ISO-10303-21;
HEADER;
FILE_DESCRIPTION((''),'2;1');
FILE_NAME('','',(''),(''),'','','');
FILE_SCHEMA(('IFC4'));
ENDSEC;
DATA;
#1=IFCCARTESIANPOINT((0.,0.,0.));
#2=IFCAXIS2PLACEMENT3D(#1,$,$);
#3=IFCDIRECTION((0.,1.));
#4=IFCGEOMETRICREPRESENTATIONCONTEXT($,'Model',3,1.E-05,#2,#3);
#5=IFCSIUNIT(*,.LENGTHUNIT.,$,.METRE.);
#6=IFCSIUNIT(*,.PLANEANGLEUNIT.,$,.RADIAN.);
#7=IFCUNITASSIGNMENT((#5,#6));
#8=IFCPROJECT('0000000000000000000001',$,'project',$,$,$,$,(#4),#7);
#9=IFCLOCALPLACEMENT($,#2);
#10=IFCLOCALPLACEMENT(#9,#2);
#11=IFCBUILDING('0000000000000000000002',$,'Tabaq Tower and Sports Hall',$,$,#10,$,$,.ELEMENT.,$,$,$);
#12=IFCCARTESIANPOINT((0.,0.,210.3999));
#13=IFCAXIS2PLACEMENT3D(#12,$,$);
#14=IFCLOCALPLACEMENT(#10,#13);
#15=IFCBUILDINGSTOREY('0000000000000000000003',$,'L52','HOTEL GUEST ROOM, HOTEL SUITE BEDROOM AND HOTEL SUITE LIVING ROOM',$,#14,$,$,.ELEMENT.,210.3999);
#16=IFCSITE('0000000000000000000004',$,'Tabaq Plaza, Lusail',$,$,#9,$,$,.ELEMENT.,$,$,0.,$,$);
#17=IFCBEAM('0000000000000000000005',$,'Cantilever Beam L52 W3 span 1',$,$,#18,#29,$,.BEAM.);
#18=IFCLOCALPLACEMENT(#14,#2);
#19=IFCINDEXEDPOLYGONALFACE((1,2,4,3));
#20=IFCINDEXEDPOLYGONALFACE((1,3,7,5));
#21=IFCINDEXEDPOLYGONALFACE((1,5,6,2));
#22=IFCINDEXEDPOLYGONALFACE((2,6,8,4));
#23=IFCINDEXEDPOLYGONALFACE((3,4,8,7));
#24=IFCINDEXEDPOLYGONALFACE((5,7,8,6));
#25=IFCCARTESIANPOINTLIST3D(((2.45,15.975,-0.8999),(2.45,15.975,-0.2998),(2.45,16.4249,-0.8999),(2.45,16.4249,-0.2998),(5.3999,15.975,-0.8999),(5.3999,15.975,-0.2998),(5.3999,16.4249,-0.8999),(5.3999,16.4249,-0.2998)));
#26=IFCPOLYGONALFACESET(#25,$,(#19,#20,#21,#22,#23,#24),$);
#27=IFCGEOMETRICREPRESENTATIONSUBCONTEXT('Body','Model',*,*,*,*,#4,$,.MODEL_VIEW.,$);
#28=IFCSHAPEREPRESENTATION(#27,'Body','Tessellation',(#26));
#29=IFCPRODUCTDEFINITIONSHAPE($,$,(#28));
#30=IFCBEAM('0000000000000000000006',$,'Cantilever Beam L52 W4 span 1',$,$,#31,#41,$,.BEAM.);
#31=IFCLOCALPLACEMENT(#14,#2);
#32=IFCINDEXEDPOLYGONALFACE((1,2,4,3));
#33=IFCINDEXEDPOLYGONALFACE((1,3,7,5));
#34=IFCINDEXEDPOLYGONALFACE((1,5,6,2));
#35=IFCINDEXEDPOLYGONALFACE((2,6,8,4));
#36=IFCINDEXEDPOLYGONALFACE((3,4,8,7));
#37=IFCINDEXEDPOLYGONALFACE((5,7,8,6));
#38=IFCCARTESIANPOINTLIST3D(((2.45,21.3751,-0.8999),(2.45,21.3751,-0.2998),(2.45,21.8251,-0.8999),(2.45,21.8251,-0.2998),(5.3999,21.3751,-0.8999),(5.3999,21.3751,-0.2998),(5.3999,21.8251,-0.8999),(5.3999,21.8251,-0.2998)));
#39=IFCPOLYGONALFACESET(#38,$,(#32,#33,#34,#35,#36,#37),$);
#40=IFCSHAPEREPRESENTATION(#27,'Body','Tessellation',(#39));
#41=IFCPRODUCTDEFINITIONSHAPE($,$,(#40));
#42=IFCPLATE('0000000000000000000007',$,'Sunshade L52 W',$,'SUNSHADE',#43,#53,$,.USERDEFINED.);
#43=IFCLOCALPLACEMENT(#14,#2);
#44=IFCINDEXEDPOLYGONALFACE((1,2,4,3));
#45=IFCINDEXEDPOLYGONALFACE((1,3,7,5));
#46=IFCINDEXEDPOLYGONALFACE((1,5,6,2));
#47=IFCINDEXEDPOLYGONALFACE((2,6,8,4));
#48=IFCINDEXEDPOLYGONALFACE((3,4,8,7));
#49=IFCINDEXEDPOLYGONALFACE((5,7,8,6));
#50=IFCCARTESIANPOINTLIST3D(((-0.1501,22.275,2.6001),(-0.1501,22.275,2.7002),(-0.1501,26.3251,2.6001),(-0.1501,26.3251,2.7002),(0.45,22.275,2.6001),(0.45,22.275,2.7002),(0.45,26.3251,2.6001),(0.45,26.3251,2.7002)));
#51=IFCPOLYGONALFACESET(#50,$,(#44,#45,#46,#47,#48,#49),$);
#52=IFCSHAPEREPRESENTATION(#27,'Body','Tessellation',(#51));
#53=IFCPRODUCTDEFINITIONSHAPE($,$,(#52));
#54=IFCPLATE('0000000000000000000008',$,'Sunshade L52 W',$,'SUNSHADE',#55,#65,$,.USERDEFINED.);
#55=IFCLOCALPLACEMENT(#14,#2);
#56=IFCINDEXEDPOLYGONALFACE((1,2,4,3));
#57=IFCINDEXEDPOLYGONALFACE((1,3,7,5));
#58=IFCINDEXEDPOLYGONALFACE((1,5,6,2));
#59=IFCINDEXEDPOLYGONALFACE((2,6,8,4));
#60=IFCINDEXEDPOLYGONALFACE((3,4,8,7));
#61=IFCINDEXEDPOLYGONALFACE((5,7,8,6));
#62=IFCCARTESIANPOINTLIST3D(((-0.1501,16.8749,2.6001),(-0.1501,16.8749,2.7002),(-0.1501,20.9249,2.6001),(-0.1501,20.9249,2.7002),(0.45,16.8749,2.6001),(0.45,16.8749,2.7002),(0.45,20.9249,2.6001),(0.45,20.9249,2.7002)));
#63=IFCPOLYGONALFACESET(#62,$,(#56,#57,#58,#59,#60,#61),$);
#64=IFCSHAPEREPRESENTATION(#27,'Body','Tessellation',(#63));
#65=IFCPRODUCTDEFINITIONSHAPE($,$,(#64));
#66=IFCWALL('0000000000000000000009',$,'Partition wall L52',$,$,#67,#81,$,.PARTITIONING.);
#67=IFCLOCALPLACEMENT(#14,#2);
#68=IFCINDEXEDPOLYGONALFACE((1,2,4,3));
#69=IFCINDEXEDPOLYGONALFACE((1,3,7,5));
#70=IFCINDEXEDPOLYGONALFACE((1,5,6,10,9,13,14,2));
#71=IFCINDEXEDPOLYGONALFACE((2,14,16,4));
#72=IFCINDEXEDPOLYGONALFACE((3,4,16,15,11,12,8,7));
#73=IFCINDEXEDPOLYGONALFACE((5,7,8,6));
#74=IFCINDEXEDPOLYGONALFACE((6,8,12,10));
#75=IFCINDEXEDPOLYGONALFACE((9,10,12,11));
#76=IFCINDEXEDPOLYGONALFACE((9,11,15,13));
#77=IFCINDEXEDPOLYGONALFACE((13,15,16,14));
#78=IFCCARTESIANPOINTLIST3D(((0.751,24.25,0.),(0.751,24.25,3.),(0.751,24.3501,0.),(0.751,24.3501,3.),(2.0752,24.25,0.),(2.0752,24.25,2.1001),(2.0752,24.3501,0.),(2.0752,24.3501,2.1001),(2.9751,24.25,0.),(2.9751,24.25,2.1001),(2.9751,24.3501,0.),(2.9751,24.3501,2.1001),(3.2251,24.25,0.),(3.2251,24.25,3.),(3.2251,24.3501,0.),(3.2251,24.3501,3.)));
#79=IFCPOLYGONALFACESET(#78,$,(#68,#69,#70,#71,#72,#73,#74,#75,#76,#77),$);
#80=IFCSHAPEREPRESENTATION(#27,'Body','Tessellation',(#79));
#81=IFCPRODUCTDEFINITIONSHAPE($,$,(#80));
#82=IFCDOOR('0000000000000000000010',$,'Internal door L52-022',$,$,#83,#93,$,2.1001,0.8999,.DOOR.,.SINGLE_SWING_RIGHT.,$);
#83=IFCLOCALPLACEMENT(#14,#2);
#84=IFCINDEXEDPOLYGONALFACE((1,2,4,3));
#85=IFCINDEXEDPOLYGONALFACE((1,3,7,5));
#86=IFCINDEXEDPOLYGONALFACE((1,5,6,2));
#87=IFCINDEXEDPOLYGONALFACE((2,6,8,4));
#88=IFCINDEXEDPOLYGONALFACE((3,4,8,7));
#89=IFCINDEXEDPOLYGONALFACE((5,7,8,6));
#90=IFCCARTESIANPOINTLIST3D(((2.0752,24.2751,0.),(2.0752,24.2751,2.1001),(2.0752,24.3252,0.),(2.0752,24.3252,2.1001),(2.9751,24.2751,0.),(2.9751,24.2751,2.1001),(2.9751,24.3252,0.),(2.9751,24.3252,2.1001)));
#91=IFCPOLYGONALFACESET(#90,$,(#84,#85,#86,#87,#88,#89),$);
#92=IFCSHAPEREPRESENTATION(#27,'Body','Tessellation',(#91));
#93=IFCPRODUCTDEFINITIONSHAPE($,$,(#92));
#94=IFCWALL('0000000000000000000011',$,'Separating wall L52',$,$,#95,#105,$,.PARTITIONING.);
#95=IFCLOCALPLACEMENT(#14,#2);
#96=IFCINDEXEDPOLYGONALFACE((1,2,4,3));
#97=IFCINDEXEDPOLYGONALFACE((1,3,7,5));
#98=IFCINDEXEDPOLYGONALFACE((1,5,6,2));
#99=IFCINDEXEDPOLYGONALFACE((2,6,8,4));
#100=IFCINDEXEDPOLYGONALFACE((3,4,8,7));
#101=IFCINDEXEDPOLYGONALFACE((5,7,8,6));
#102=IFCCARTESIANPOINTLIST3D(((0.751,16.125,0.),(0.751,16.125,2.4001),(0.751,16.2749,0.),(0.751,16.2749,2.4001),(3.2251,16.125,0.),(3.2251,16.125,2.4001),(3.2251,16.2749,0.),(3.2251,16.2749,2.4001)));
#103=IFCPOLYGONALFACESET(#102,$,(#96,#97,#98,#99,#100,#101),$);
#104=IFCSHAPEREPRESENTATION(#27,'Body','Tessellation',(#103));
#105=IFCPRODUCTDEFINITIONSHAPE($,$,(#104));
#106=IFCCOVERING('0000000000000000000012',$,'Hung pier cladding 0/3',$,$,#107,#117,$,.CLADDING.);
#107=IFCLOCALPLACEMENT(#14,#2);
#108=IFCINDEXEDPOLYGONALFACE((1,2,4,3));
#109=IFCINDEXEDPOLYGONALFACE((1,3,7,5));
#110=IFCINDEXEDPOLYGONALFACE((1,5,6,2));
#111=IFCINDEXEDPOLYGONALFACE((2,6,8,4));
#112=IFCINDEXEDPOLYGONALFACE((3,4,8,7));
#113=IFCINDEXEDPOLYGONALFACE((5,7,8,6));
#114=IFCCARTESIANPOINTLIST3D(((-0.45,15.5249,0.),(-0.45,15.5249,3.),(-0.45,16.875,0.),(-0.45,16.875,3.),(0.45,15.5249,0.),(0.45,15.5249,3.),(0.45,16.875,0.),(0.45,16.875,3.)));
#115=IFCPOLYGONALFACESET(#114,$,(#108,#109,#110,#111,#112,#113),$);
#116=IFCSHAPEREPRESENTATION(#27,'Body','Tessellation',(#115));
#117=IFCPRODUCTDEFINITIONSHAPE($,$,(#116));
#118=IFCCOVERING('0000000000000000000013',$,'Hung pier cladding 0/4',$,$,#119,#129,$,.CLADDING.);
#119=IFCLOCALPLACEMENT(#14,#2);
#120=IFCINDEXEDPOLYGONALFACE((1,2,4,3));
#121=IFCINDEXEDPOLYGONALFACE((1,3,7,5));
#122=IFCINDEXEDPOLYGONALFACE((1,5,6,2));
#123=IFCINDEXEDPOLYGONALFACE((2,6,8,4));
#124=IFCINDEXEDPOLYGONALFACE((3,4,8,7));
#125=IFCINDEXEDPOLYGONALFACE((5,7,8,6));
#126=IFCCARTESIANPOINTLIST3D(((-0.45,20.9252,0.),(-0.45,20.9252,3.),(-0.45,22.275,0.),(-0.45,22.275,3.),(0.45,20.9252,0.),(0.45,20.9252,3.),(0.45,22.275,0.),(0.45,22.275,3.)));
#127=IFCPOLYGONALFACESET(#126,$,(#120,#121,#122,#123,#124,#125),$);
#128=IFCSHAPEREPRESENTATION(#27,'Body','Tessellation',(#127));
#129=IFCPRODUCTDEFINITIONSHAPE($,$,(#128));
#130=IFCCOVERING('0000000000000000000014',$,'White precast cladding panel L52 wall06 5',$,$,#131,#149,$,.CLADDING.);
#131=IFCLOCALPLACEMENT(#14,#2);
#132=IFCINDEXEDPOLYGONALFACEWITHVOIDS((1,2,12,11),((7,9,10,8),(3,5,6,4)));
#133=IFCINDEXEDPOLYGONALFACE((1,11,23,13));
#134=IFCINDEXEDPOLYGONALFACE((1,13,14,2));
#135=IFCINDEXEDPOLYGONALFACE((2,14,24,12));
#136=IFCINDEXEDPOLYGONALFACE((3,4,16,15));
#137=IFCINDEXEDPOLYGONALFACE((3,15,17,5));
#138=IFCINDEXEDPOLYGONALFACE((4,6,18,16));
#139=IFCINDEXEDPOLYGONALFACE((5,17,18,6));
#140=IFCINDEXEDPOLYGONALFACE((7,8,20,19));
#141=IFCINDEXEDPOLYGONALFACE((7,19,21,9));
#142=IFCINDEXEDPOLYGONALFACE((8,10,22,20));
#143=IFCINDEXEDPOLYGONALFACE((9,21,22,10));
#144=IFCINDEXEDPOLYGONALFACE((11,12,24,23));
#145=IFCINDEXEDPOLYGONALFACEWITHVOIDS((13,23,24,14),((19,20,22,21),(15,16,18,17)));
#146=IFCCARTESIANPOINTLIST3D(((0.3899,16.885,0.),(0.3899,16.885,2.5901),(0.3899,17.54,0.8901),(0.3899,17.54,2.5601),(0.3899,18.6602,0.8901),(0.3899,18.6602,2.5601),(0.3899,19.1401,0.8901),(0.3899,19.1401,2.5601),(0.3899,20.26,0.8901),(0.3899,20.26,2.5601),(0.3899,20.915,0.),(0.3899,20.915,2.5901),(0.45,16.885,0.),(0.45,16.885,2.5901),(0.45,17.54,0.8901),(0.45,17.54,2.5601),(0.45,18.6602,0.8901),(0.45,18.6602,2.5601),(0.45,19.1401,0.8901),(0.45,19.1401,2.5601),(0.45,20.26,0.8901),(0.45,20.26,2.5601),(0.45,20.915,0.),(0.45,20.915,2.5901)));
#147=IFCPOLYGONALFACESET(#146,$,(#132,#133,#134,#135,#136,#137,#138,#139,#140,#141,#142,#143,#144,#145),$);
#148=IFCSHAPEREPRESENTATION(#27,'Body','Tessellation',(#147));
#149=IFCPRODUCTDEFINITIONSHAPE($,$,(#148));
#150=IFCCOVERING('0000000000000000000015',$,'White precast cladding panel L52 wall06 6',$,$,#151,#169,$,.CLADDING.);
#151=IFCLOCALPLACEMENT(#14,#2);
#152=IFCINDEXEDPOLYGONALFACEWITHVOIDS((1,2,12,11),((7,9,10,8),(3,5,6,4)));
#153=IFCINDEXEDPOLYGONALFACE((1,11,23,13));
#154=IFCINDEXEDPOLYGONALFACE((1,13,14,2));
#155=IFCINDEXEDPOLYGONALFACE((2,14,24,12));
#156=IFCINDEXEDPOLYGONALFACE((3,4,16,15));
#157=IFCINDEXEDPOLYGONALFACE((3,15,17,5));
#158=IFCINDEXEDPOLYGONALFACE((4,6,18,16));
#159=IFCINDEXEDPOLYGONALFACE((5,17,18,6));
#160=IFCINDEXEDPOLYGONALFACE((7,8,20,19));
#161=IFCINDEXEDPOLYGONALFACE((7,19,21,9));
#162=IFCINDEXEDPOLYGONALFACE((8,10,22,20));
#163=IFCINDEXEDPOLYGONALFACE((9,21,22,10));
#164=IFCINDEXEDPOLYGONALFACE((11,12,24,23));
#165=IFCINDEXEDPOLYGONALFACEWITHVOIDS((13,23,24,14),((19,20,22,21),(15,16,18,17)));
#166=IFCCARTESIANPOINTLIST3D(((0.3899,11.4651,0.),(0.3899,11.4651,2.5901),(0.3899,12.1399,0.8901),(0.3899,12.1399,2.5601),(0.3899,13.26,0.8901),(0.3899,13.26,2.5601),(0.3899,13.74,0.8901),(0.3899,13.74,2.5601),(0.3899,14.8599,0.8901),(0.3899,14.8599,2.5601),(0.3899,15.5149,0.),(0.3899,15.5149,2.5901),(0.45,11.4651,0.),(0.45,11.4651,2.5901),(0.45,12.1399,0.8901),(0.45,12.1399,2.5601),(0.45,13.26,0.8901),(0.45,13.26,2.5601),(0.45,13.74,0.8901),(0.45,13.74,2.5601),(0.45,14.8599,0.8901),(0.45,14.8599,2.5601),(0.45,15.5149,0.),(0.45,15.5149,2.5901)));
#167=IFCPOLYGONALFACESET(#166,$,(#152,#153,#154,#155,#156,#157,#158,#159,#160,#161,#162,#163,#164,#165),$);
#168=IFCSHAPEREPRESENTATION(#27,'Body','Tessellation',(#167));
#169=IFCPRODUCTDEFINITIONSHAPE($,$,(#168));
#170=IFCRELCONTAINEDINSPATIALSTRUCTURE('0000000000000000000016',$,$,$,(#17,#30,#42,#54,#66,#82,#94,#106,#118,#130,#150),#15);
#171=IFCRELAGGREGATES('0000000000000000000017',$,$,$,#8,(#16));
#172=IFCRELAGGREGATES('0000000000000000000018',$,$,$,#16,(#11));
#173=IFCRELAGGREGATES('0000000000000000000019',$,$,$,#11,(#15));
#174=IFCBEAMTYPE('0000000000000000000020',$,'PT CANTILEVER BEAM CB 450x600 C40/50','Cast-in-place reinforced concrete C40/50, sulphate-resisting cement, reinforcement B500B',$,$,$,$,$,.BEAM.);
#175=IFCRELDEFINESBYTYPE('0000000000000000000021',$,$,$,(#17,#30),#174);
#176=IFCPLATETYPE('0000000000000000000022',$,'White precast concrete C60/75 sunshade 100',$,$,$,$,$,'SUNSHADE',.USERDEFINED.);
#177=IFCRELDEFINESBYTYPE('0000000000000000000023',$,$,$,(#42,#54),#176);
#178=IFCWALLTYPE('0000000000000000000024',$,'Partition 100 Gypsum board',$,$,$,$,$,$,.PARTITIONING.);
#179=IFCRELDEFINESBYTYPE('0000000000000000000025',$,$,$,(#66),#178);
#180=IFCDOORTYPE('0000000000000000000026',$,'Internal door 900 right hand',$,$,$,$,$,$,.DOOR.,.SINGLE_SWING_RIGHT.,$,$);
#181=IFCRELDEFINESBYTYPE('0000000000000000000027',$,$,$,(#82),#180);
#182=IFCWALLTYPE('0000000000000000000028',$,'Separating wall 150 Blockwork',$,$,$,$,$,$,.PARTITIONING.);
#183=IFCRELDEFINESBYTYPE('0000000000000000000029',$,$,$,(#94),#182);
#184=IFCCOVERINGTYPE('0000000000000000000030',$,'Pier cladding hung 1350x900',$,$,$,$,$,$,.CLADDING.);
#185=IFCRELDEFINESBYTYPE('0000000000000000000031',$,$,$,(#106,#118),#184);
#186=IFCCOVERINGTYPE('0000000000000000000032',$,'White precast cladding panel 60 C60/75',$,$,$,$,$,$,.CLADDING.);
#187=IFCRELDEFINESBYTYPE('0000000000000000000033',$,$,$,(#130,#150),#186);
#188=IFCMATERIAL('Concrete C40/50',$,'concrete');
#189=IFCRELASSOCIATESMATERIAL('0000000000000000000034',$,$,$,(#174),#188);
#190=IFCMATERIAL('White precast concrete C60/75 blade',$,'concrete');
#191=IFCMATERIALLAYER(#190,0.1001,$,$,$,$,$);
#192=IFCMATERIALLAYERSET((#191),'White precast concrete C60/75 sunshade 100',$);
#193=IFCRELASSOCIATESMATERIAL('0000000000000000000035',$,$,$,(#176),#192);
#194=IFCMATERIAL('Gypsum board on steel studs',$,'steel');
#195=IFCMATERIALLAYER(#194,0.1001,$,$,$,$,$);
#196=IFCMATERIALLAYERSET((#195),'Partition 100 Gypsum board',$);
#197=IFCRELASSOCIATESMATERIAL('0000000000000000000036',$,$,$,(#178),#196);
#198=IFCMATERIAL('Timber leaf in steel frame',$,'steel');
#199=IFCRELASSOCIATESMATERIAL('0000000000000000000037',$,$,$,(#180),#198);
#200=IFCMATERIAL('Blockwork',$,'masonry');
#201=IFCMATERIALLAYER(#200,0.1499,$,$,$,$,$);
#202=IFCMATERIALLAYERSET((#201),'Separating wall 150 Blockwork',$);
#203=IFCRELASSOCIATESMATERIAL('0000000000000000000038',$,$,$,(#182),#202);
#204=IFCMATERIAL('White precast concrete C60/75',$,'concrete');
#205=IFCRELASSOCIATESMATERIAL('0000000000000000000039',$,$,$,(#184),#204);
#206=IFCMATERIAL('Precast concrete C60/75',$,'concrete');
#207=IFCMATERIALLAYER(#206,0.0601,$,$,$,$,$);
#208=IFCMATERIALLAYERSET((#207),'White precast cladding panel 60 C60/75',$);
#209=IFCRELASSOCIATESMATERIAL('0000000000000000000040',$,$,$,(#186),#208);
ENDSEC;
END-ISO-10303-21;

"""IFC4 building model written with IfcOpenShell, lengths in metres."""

from ifc_helpers import new_model, si_unit, direction, frame, frame_2d, origin, origin_2d, place, context, subcontext, project, spatial, polyline, rectangle, outline, extrude, material, layer, layer_set, material_profile, profile_set, type_object, element, fill, save


model = new_model("IFC4")

# Units and contexts
model_context = context("Model", 3, precision=1e-05, world=origin(), true_north=direction((0.0, 1.0)))
body_context = subcontext(model_context, "Body", "Model", "MODEL_VIEW")
ifc_project = project(units=[si_unit("LENGTHUNIT", "METRE"), si_unit("PLANEANGLEUNIT", "RADIAN")], contexts=[model_context])

# Site, building, storey
site_placement = place(None, origin())
site = spatial("IfcSite", under=ifc_project, at=site_placement, Name="Tabaq Plaza, Lusail", CompositionType="ELEMENT", RefElevation=0.0)
building_placement = place(site_placement, origin())
building = spatial("IfcBuilding", under=site, at=building_placement, Name="Tabaq Tower and Sports Hall", CompositionType="ELEMENT")
storey_placement = place(building_placement, frame((0.0, 0.0, 210.3999)))
storey = spatial("IfcBuildingStorey", under=building, at=storey_placement, Name="L52", Description="HOTEL GUEST ROOM, HOTEL SUITE BEDROOM AND HOTEL SUITE LIVING ROOM", CompositionType="ELEMENT", Elevation=210.3999)

# Beams
ifc_material_1 = material(Name="Concrete C40/50", Category="concrete")
ifc_material_profile = material_profile(ifc_material_1, rectangle(XDim=0.45, YDim=0.6001, at=origin_2d()), Name="CB 450x600")
ifc_profile_set = profile_set([ifc_material_profile], Name="Concrete C40/50")
beam_type = type_object("IfcBeamType", Name="PT CANTILEVER BEAM CB 450x600 C40/50", Description="Cast-in-place reinforced concrete C40/50, sulphate-resisting cement, reinforcement B500B", PredefinedType="BEAM", material=ifc_profile_set)
for number, where, z_axis, x_axis, name in (
    (1, (2.45, 16.2, -0.5999), (1.0, 0.0, 0.0), (0.0, 1.0, 0.0), "Cantilever Beam L52 W3 span 1"),
    (2, (2.45, 21.6001, -0.5999), (1.0, 0.0, 0.0), (0.0, 1.0, 0.0), "Cantilever Beam L52 W4 span 1"),
):
    element("IfcBeam", number, at=place(storey_placement, frame(where, z_axis=z_axis, x_axis=x_axis)), inside=storey, type_object=beam_type, Name=name, PredefinedType="BEAM", context=body_context, shape_type="SweptSolid", body=[
        extrude(rectangle(XDim=0.45, YDim=0.6001, at=origin_2d()), origin(), (0.0, 0.0, 1.0), 2.95),
    ])

# Plates
ifc_material_2 = material(Name="White precast concrete C60/75 blade", Category="concrete")
ifc_layer_1 = layer(ifc_material_2, 0.1001)
ifc_layer_set_1 = layer_set([ifc_layer_1], Name="White precast concrete C60/75 sunshade 100")
plate_type = type_object("IfcPlateType", Name="White precast concrete C60/75 sunshade 100", ElementType="SUNSHADE", PredefinedType="USERDEFINED", material=ifc_layer_set_1)
for number, where, z_axis, x_axis, name in (
    (3, (0.1499, 24.3, 2.6001), (0.0, 0.0, 1.0), (0.0, -1.0, 0.0), "Sunshade L52 W"),
    (4, (0.1499, 18.8999, 2.6001), (0.0, 0.0, 1.0), (0.0, -1.0, 0.0), "Sunshade L52 W"),
):
    element("IfcPlate", number, at=place(storey_placement, frame(where, z_axis=z_axis, x_axis=x_axis)), inside=storey, type_object=plate_type, Name=name, ObjectType="SUNSHADE", PredefinedType="USERDEFINED", context=body_context, shape_type="SweptSolid", body=[
        extrude(rectangle(XDim=4.05, YDim=0.6001, at=origin_2d()), origin(), (0.0, 0.0, 1.0), 0.1001),
    ])

# Wall, opening, door
ifc_material_3 = material(Name="Gypsum board on steel studs", Category="steel")
ifc_layer_2 = layer(ifc_material_3, 0.1001)
ifc_layer_set_2 = layer_set([ifc_layer_2], Name="Partition 100 Gypsum board")
wall_type_1 = type_object("IfcWallType", Name="Partition 100 Gypsum board", PredefinedType="PARTITIONING", material=ifc_layer_set_2)
wall_1_placement = place(storey_placement, frame((3.2251, 24.3, 0.0), z_axis=(0.0, 0.0, 1.0), x_axis=(-1.0, 0.0, 0.0)))
wall_1 = element("IfcWall", 5, at=wall_1_placement, inside=storey, type_object=wall_type_1, Name="Partition wall L52", PredefinedType="PARTITIONING", context=body_context, shape_type="SweptSolid", body=[
    extrude(rectangle(XDim=2.4741, YDim=0.1001, at=frame_2d((1.2371, 0.0))), origin(), (0.0, 0.0, 1.0), 3.0),
])
opening_placement = place(wall_1_placement, frame((0.25, 0.0, 0.0)))
opening = element("IfcOpeningElement", 6, at=opening_placement, cuts=wall_1, PredefinedType="OPENING", context=body_context, shape_type="SweptSolid", body=[
    extrude(rectangle(XDim=0.8999, YDim=2.1001, at=frame_2d((0.45, 1.05))), frame((0.0, 0.05, 0.0), z_axis=(0.0, -1.0, 0.0), x_axis=(1.0, 0.0, 0.0)), (0.0, 0.0, 1.0), 0.1001),
])
ifc_material_4 = material(Name="Timber leaf in steel frame", Category="steel")
door_type = type_object("IfcDoorType", Name="Internal door 900 right hand", OperationType="SINGLE_SWING_RIGHT", PredefinedType="DOOR", material=ifc_material_4)
door_placement = place(opening_placement, origin())
door = element("IfcDoor", 7, at=door_placement, inside=storey, type_object=door_type, Name="Internal door L52-022", OperationType="SINGLE_SWING_RIGHT", OverallHeight=2.1001, OverallWidth=0.8999, PredefinedType="DOOR", context=body_context, shape_type="SweptSolid", body=[
    extrude(rectangle(XDim=0.8999, YDim=2.1001, at=frame_2d((0.45, 1.05))), frame((0.0, 0.0249, 0.0), z_axis=(0.0, -1.0, 0.0), x_axis=(1.0, 0.0, 0.0)), (0.0, 0.0, 1.0), 0.05),
])
fill(opening, door)

# Wall
ifc_material_5 = material(Name="Blockwork", Category="masonry")
ifc_layer_3 = layer(ifc_material_5, 0.1499)
ifc_layer_set_3 = layer_set([ifc_layer_3], Name="Separating wall 150 Blockwork")
wall_type_2 = type_object("IfcWallType", Name="Separating wall 150 Blockwork", PredefinedType="PARTITIONING", material=ifc_layer_set_3)
wall_2_placement = place(storey_placement, frame((3.2251, 16.2, 0.0), z_axis=(0.0, 0.0, 1.0), x_axis=(-1.0, 0.0, 0.0)))
element("IfcWall", 8, at=wall_2_placement, inside=storey, type_object=wall_type_2, Name="Separating wall L52", PredefinedType="PARTITIONING", context=body_context, shape_type="SweptSolid", body=[
    extrude(rectangle(XDim=2.4741, YDim=0.1499, at=frame_2d((1.2371, 0.0))), origin(), (0.0, 0.0, 1.0), 2.4001),
])

# Coverings
ifc_material_6 = material(Name="White precast concrete C60/75", Category="concrete")
covering_type_1 = type_object("IfcCoveringType", Name="Pier cladding hung 1350x900", PredefinedType="CLADDING", material=ifc_material_6)
covering_1_placement = place(storey_placement, frame((0.0, 16.875, 0.0), z_axis=(0.0, 0.0, 1.0), x_axis=(0.0, -1.0, 0.0)))
element("IfcCovering", 9, at=covering_1_placement, inside=storey, type_object=covering_type_1, Name="Hung pier cladding 0/3", PredefinedType="CLADDING", context=body_context, shape_type="SweptSolid", body=[
    extrude(rectangle(XDim=1.3501, YDim=0.8999, at=frame_2d((0.675, 0.0))), origin(), (0.0, 0.0, 1.0), 3.0),
])
covering_2_placement = place(storey_placement, frame((0.0, 22.2749, 0.0), z_axis=(0.0, 0.0, 1.0), x_axis=(0.0, -1.0, 0.0)))
element("IfcCovering", 10, at=covering_2_placement, inside=storey, type_object=covering_type_1, Name="Hung pier cladding 0/4", PredefinedType="CLADDING", context=body_context, shape_type="SweptSolid", body=[
    extrude(rectangle(XDim=1.3499, YDim=0.8999, at=frame_2d((0.6748, 0.0))), origin(), (0.0, 0.0, 1.0), 3.0),
])
ifc_material_7 = material(Name="Precast concrete C60/75", Category="concrete")
ifc_layer_4 = layer(ifc_material_7, 0.0601)
ifc_layer_set_4 = layer_set([ifc_layer_4], Name="White precast cladding panel 60 C60/75")
covering_type_2 = type_object("IfcCoveringType", Name="White precast cladding panel 60 C60/75", PredefinedType="CLADDING", material=ifc_layer_set_4)
covering_3_placement = place(storey_placement, frame((0.4199, 20.915, 0.0), z_axis=(0.0, 0.0, 1.0), x_axis=(0.0, -1.0, 0.0)))
element("IfcCovering", 11, at=covering_3_placement, inside=storey, type_object=covering_type_2, Name="White precast cladding panel L52 wall06 5", PredefinedType="CLADDING", context=body_context, shape_type="SweptSolid", body=[
    extrude(outline(polyline([(0.0, 0.0), (4.03, 0.0), (4.03, 2.5901), (0.0, 2.5901), (0.0, 0.0)]), holes=[polyline([(0.655, 0.8901), (0.655, 2.5601), (1.7749, 2.5601), (1.7749, 0.8901), (0.655, 0.8901)]), polyline([(2.2549, 0.8901), (2.2549, 2.5601), (3.375, 2.5601), (3.375, 0.8901), (2.2549, 0.8901)])]), frame((0.0, 0.03, 0.0), z_axis=(0.0, -1.0, 0.0), x_axis=(1.0, 0.0, 0.0)), (0.0, 0.0, 1.0), 0.0601),
])
covering_4_placement = place(storey_placement, frame((0.4199, 15.5149, 0.0), z_axis=(0.0, 0.0, 1.0), x_axis=(0.0, -1.0, 0.0)))
element("IfcCovering", 12, at=covering_4_placement, inside=storey, type_object=covering_type_2, Name="White precast cladding panel L52 wall06 6", PredefinedType="CLADDING", context=body_context, shape_type="SweptSolid", body=[
    extrude(outline(polyline([(0.0, 0.0), (4.0498, 0.0), (4.0498, 2.5901), (0.0, 2.5901), (0.0, 0.0)]), holes=[polyline([(0.655, 0.8901), (0.655, 2.5601), (1.7749, 2.5601), (1.7749, 0.8901), (0.655, 0.8901)]), polyline([(2.2549, 0.8901), (2.2549, 2.5601), (3.375, 2.5601), (3.375, 0.8901), (2.2549, 0.8901)])]), frame((0.0, 0.03, 0.0), z_axis=(0.0, -1.0, 0.0), x_axis=(1.0, 0.0, 0.0)), (0.0, 0.0, 1.0), 0.0601),
])

save(model, "model.ifc")
